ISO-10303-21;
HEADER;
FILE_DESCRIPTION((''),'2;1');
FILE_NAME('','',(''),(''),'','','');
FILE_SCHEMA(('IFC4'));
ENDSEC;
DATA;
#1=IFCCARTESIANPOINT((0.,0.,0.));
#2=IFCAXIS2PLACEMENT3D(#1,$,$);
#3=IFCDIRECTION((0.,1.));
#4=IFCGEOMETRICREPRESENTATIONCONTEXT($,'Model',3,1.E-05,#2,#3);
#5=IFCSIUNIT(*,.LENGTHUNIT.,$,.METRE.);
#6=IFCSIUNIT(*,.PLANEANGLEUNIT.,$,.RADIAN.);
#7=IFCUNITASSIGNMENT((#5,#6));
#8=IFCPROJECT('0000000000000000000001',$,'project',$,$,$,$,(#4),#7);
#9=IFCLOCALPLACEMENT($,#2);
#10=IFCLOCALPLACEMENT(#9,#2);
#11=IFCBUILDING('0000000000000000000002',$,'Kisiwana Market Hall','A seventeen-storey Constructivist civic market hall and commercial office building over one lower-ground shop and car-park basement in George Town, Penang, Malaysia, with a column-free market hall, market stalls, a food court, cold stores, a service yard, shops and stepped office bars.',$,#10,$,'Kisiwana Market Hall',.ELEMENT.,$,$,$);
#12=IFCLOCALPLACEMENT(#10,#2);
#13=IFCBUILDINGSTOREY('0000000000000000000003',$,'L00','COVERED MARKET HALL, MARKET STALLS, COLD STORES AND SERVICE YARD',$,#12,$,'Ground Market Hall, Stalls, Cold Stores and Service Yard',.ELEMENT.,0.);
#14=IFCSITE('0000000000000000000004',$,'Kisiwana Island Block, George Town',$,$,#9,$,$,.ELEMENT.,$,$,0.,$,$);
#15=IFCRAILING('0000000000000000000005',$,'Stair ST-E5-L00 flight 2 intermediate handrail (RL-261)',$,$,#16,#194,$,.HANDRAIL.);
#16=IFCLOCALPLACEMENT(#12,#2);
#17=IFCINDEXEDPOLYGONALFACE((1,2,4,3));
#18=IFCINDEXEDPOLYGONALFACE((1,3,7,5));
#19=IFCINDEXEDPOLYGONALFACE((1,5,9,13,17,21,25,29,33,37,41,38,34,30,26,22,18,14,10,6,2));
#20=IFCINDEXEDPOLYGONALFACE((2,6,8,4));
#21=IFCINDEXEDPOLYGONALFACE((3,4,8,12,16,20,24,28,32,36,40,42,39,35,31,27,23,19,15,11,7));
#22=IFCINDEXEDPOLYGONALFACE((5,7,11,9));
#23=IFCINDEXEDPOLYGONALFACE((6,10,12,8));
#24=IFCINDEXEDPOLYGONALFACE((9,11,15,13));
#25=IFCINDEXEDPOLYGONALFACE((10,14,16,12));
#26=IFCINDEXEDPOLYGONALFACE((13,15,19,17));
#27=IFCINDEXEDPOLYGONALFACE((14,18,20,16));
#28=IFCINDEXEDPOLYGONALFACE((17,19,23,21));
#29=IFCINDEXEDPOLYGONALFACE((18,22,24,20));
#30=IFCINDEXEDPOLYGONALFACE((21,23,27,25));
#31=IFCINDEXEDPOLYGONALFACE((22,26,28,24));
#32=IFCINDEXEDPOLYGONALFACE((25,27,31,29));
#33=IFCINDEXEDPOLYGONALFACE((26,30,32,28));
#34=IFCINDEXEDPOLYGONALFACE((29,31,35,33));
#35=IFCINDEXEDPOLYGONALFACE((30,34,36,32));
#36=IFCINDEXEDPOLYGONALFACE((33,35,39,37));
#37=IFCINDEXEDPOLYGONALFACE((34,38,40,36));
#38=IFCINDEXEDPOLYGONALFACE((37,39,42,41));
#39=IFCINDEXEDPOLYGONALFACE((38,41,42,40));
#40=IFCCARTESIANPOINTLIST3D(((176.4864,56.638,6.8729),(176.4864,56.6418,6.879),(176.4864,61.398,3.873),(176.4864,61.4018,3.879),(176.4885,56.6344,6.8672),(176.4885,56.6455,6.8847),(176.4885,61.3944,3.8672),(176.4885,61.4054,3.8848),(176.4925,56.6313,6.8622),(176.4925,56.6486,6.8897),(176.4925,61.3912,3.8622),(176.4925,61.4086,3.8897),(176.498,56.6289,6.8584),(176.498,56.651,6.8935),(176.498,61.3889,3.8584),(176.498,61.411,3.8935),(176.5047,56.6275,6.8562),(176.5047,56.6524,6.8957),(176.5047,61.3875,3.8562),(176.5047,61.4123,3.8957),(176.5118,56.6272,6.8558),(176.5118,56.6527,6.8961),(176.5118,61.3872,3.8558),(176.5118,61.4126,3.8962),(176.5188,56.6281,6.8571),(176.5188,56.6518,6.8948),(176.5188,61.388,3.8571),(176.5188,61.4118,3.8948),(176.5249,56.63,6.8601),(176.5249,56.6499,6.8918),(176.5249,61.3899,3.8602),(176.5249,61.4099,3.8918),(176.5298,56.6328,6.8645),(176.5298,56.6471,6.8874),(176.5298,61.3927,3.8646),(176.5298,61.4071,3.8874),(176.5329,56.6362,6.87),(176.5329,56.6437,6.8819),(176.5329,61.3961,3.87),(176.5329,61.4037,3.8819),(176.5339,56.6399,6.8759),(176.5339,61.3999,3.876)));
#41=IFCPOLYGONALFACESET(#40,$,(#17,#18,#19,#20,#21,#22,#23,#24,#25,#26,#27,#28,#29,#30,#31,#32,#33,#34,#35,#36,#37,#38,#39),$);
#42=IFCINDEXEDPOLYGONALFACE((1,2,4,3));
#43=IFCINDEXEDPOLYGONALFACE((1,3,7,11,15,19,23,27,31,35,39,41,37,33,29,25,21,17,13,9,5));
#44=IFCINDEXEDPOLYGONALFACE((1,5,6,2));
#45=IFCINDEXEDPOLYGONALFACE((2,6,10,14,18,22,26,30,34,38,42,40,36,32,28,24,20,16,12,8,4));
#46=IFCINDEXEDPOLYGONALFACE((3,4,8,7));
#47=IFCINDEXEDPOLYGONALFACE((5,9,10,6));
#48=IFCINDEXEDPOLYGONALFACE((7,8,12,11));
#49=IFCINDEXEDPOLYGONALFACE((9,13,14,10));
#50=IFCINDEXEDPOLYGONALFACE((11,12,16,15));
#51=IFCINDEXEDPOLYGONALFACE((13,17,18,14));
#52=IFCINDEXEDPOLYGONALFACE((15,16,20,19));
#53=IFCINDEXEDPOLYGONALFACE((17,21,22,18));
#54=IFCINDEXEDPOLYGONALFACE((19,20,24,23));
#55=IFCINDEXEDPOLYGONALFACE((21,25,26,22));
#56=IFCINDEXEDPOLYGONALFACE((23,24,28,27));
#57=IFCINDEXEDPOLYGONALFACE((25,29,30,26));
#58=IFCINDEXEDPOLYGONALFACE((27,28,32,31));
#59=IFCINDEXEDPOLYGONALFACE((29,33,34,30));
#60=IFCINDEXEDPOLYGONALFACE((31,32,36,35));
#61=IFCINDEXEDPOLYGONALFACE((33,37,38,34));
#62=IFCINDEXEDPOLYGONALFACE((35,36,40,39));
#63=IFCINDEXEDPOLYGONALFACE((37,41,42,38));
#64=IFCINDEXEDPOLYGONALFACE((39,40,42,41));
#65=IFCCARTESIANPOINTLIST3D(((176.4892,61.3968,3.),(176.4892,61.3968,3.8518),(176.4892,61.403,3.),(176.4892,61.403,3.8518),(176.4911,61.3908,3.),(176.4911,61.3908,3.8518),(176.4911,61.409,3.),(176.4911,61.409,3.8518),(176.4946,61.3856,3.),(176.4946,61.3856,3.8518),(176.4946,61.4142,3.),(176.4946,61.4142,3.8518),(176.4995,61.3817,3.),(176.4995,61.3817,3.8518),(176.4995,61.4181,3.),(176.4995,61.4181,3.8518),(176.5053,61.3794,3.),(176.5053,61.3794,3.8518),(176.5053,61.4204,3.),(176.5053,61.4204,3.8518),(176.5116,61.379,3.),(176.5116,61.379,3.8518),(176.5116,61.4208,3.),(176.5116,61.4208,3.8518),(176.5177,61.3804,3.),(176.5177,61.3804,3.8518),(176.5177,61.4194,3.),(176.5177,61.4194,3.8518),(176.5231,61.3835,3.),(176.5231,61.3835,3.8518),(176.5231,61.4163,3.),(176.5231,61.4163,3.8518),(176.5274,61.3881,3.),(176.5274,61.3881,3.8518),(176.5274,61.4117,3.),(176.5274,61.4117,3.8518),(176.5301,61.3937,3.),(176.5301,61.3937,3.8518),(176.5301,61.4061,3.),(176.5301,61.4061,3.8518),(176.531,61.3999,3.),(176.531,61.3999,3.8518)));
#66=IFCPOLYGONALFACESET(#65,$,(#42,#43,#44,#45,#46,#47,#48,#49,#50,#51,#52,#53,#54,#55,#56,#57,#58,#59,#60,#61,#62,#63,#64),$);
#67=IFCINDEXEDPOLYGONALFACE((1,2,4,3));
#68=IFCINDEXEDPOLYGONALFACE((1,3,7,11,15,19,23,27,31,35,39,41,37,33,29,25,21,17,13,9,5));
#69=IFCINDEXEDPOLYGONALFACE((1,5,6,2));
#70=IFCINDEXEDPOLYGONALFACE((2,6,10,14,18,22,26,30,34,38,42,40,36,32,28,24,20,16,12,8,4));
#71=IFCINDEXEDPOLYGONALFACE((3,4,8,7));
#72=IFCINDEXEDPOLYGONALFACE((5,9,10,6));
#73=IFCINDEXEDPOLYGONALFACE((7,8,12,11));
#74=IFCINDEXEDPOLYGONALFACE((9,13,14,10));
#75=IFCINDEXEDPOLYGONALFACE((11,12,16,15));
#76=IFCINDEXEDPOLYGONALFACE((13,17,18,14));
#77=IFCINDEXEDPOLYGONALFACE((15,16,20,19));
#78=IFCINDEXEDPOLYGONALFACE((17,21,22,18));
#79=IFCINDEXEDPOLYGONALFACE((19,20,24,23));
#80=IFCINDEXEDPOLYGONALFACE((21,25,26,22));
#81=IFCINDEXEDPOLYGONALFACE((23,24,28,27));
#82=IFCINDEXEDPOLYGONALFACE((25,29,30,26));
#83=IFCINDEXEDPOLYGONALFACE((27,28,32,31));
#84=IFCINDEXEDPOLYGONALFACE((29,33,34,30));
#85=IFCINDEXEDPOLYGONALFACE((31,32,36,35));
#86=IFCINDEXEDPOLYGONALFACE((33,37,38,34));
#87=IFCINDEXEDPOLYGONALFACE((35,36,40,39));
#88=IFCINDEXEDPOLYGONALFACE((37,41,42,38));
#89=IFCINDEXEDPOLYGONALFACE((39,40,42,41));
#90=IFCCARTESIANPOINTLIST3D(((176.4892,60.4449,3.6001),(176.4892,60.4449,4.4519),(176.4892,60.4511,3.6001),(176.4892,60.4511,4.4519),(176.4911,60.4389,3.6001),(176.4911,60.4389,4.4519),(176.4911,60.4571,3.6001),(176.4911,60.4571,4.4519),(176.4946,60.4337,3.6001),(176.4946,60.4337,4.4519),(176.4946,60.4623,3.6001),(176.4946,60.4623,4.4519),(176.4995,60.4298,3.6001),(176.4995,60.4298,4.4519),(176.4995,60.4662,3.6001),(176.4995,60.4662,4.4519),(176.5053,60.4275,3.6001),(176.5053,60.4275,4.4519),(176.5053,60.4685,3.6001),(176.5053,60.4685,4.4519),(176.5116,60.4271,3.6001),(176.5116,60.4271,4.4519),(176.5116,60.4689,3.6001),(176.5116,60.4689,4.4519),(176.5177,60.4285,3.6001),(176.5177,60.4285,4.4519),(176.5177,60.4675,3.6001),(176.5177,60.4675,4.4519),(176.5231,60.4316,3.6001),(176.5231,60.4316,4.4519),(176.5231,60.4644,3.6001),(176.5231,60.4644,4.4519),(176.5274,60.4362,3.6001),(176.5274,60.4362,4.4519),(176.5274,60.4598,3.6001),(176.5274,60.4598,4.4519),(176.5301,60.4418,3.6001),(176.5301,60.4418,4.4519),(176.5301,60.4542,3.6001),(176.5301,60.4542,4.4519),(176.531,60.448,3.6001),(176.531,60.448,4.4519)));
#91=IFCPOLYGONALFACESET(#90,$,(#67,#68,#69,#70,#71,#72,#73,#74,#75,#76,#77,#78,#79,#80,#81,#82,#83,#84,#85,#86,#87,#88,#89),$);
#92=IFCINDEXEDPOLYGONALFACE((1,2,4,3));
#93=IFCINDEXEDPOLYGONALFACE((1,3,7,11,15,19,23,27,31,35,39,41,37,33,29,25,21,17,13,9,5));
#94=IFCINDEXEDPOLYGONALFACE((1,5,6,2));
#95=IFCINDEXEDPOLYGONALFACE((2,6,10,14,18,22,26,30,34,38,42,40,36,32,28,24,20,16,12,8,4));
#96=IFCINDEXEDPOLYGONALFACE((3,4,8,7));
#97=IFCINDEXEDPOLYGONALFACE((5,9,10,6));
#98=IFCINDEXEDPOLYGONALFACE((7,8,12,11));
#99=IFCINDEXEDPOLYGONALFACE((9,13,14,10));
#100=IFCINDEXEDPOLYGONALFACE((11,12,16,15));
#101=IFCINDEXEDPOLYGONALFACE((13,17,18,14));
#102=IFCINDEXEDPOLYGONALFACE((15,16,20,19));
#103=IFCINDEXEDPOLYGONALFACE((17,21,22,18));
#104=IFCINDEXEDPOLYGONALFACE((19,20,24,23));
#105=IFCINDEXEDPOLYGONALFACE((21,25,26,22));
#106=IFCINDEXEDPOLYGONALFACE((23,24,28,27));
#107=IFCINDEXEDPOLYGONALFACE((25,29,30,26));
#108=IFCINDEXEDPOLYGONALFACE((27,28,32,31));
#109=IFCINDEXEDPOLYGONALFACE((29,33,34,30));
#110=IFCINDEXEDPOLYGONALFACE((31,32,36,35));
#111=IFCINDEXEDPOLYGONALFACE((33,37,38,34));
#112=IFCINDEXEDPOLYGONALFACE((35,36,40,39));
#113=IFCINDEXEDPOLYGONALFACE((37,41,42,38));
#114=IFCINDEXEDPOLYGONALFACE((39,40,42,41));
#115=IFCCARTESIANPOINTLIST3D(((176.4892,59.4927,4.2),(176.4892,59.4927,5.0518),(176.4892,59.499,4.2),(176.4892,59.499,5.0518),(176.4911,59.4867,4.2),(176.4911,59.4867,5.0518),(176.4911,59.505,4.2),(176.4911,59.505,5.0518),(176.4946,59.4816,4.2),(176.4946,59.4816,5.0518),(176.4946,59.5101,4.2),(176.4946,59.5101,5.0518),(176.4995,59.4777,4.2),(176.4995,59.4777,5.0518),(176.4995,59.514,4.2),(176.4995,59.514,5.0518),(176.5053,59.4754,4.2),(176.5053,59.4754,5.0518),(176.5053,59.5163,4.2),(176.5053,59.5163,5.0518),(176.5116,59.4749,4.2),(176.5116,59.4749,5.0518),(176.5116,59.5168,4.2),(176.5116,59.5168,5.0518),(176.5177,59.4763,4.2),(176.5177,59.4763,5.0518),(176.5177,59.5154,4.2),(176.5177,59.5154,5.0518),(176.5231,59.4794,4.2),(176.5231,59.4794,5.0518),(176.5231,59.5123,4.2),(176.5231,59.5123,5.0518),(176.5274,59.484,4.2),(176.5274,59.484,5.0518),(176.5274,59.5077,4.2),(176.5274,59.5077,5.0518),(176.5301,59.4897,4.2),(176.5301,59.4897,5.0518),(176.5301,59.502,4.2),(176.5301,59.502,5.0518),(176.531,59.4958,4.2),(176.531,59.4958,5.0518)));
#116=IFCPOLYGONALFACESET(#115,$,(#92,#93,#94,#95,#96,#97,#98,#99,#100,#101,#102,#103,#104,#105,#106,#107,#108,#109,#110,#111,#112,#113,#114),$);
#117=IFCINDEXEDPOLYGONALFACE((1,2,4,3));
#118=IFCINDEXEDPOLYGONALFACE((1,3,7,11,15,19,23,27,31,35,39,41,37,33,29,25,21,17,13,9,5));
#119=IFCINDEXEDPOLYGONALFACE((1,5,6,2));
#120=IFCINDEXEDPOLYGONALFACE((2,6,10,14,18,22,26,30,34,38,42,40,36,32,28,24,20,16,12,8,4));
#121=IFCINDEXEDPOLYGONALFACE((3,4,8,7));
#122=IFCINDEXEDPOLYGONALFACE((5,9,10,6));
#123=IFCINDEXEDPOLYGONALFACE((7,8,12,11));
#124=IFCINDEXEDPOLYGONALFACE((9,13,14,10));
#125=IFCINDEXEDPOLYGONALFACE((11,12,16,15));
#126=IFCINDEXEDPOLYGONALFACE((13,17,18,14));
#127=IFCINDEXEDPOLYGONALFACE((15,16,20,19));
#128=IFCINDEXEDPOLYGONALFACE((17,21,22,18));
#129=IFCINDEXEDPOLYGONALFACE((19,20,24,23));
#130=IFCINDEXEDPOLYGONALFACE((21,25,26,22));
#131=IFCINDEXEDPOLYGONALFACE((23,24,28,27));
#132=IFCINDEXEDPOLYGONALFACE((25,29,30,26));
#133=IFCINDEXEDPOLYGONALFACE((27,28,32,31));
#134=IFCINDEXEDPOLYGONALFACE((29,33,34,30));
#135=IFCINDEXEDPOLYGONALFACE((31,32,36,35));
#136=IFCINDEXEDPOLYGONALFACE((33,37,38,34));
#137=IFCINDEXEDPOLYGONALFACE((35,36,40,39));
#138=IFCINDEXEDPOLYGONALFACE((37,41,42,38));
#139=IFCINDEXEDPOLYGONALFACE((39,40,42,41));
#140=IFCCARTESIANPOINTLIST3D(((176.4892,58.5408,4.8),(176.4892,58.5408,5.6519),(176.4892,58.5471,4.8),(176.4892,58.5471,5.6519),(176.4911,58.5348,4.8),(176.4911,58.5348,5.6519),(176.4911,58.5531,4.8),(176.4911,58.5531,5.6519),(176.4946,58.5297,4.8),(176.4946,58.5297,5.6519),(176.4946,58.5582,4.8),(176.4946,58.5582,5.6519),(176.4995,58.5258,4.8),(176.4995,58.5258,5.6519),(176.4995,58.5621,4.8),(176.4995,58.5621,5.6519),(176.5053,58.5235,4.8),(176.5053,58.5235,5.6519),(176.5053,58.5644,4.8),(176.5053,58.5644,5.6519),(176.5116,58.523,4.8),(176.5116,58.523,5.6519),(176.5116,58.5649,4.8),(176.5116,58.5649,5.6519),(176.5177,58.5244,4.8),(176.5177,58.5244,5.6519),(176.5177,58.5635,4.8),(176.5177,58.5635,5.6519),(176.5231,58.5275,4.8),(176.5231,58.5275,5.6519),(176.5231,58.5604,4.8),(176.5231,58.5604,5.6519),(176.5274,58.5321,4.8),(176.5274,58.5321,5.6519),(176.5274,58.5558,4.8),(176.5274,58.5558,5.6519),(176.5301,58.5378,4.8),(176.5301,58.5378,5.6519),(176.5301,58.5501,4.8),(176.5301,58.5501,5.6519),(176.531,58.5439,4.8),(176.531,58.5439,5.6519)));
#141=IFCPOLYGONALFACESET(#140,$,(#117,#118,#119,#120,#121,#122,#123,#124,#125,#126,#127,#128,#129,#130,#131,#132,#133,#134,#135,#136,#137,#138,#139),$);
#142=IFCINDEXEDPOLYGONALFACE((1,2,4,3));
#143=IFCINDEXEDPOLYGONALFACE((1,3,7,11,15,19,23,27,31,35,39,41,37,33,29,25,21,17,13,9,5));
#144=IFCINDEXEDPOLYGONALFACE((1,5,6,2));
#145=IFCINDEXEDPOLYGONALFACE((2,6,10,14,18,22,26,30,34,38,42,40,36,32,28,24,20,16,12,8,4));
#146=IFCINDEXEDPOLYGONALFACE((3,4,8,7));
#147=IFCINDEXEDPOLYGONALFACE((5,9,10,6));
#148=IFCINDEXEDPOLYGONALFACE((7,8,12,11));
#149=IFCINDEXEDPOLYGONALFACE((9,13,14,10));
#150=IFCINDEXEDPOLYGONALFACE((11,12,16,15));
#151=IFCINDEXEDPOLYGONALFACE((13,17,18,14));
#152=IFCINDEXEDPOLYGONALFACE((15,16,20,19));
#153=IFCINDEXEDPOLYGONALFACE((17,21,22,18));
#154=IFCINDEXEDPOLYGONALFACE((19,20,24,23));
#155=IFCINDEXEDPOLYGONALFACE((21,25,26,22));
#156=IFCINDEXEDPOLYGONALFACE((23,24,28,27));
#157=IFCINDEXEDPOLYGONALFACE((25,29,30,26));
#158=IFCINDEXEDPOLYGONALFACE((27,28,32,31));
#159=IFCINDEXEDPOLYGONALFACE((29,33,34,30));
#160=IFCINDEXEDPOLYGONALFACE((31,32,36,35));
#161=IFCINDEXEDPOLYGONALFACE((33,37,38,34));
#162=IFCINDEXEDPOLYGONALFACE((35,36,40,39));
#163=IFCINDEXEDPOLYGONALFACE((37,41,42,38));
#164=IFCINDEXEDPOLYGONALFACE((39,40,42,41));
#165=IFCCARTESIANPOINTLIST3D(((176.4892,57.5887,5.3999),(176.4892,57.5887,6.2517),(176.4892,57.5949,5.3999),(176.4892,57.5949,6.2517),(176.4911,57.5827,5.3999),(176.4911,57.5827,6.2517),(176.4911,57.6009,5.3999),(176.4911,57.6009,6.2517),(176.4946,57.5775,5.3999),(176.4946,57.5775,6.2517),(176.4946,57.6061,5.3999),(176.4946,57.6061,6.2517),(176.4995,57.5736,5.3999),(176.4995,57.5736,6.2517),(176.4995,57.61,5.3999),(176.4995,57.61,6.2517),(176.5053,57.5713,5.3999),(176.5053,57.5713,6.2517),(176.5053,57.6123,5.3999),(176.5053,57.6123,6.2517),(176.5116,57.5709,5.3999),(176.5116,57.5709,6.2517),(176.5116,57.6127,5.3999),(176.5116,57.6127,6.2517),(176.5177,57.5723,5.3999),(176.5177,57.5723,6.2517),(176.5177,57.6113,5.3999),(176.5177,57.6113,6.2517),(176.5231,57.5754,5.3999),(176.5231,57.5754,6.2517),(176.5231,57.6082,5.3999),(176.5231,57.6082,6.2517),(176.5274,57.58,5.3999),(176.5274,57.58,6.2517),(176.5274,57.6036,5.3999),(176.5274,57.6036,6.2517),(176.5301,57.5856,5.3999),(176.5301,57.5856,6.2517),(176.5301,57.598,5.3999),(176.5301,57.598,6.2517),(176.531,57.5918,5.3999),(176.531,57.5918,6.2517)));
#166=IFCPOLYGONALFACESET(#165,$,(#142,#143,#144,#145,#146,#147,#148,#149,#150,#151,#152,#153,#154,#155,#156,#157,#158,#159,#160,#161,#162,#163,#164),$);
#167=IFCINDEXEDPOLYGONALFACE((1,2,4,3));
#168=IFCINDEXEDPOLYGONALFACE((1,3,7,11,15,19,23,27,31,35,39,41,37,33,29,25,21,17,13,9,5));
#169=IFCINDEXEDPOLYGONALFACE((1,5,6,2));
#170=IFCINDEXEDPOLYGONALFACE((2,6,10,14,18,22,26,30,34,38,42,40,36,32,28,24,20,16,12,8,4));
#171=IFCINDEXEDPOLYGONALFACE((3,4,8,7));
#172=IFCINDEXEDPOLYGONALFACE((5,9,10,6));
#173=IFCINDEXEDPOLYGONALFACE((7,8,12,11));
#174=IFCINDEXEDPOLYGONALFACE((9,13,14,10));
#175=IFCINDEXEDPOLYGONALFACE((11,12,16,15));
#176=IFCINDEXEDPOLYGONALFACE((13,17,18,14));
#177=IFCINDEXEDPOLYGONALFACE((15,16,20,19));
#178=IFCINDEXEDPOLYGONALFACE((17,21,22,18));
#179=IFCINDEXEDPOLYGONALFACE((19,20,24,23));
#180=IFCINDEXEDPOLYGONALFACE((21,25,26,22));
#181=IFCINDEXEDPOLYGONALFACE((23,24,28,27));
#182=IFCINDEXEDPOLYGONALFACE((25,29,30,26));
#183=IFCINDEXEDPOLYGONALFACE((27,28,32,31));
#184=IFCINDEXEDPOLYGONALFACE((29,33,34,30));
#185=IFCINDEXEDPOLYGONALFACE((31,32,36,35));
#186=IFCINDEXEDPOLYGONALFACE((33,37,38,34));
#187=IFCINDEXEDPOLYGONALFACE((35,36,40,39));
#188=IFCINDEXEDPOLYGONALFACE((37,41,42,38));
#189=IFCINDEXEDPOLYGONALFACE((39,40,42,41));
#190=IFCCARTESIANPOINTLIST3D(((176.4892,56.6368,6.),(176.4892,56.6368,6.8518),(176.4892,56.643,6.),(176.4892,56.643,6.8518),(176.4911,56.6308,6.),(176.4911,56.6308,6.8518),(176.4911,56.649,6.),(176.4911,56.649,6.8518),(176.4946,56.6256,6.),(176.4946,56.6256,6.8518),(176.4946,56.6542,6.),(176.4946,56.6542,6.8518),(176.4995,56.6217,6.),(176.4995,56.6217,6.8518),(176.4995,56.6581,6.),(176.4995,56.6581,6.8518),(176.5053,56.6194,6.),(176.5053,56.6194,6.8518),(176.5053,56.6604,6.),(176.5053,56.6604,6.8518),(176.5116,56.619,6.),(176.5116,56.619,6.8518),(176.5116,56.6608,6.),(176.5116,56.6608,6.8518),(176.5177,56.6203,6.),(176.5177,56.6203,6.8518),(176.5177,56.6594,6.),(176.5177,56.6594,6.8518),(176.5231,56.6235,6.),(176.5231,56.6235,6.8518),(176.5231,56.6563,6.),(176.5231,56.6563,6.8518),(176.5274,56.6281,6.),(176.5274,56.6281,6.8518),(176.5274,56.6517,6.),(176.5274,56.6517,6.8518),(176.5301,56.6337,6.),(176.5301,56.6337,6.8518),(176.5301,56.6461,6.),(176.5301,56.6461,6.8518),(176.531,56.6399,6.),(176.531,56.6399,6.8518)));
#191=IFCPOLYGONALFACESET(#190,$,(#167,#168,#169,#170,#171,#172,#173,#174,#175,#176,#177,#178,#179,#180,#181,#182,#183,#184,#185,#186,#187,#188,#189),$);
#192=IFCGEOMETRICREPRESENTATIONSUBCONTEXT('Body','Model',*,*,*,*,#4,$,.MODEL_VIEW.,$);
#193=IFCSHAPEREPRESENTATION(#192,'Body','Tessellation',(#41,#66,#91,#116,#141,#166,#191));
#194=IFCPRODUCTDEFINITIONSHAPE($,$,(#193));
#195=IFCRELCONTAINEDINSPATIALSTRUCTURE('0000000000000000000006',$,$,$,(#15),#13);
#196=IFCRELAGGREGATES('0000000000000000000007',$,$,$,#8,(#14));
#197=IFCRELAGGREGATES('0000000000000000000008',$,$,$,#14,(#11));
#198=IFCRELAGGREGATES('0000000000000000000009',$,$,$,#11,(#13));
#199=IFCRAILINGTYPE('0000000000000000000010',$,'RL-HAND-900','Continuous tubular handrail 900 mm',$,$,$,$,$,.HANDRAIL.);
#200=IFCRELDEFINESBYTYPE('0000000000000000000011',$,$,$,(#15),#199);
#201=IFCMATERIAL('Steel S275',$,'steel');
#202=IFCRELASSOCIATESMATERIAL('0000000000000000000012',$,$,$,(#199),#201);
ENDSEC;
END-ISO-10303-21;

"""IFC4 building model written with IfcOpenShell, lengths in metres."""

from ifc_helpers import new_model, si_unit, direction, frame, origin, origin_2d, place, context, subcontext, project, spatial, circle, extrude, material, type_object, element, save


model = new_model("IFC4")

# Units and contexts
model_context = context("Model", 3, precision=1e-05, world=origin(), true_north=direction((0.0, 1.0)))
body_context = subcontext(model_context, "Body", "Model", "MODEL_VIEW")
ifc_project = project(units=[si_unit("LENGTHUNIT", "METRE"), si_unit("PLANEANGLEUNIT", "RADIAN")], contexts=[model_context])

# Site, building, storey
site_placement = place(None, origin())
site = spatial("IfcSite", under=ifc_project, at=site_placement, Name="Kisiwana Island Block, George Town", CompositionType="ELEMENT", RefElevation=0.0)
building_placement = place(site_placement, origin())
building = spatial("IfcBuilding", under=site, at=building_placement, Name="Kisiwana Market Hall", Description="A seventeen-storey Constructivist civic market hall and commercial office building over one lower-ground shop and car-park basement in George Town, Penang, Malaysia, with a column-free market hall, market stalls, a food court, cold stores, a service yard, shops and stepped office bars.", LongName="Kisiwana Market Hall", CompositionType="ELEMENT")
storey_placement = place(building_placement, origin())
storey = spatial("IfcBuildingStorey", under=building, at=storey_placement, Name="L00", Description="COVERED MARKET HALL, MARKET STALLS, COLD STORES AND SERVICE YARD", LongName="Ground Market Hall, Stalls, Cold Stores and Service Yard", CompositionType="ELEMENT", Elevation=0.0)

# Railing
ifc_material_1 = material(Name="Steel S275", Category="steel")
railing_type_1 = type_object("IfcRailingType", Name="RL-HAND-900", Description="Continuous tubular handrail 900 mm", PredefinedType="HANDRAIL", material=ifc_material_1)
for number, where, name in (
    (1, (176.51, 61.3999, 3.0), "Stair ST-E5-L00 flight 2 intermediate handrail (RL-261)"),
):
    element("IfcRailing", number, at=place(storey_placement, frame(where)), inside=storey, type_object=railing_type_1, Name=name, PredefinedType="HANDRAIL", context=body_context, shape_type="SweptSolid", body=[
        extrude(circle(Radius=0.0239, at=origin_2d()), frame((0.0, 0.0, 0.876), z_axis=(0.0, -0.845996, 0.53319), x_axis=(1.0, 0.0, 0.0)), (0.0, 0.0, 1.0), 5.6265),
        extrude(circle(Radius=0.021, at=origin_2d()), origin(), (0.0, 0.0, 1.0), 0.8518),
        extrude(circle(Radius=0.021, at=origin_2d()), frame((0.0, -0.9519, 0.6001)), (0.0, 0.0, 1.0), 0.8518),
        extrude(circle(Radius=0.021, at=origin_2d()), frame((0.0, -1.9041, 1.2)), (0.0, 0.0, 1.0), 0.8518),
        extrude(circle(Radius=0.021, at=origin_2d()), frame((0.0, -2.856, 1.8)), (0.0, 0.0, 1.0), 0.8518),
        extrude(circle(Radius=0.021, at=origin_2d()), frame((0.0, -3.8081, 2.3999)), (0.0, 0.0, 1.0), 0.8518),
        extrude(circle(Radius=0.021, at=origin_2d()), frame((0.0, -4.76, 3.0)), (0.0, 0.0, 1.0), 0.8518),
    ])

save(model, "model.ifc")
